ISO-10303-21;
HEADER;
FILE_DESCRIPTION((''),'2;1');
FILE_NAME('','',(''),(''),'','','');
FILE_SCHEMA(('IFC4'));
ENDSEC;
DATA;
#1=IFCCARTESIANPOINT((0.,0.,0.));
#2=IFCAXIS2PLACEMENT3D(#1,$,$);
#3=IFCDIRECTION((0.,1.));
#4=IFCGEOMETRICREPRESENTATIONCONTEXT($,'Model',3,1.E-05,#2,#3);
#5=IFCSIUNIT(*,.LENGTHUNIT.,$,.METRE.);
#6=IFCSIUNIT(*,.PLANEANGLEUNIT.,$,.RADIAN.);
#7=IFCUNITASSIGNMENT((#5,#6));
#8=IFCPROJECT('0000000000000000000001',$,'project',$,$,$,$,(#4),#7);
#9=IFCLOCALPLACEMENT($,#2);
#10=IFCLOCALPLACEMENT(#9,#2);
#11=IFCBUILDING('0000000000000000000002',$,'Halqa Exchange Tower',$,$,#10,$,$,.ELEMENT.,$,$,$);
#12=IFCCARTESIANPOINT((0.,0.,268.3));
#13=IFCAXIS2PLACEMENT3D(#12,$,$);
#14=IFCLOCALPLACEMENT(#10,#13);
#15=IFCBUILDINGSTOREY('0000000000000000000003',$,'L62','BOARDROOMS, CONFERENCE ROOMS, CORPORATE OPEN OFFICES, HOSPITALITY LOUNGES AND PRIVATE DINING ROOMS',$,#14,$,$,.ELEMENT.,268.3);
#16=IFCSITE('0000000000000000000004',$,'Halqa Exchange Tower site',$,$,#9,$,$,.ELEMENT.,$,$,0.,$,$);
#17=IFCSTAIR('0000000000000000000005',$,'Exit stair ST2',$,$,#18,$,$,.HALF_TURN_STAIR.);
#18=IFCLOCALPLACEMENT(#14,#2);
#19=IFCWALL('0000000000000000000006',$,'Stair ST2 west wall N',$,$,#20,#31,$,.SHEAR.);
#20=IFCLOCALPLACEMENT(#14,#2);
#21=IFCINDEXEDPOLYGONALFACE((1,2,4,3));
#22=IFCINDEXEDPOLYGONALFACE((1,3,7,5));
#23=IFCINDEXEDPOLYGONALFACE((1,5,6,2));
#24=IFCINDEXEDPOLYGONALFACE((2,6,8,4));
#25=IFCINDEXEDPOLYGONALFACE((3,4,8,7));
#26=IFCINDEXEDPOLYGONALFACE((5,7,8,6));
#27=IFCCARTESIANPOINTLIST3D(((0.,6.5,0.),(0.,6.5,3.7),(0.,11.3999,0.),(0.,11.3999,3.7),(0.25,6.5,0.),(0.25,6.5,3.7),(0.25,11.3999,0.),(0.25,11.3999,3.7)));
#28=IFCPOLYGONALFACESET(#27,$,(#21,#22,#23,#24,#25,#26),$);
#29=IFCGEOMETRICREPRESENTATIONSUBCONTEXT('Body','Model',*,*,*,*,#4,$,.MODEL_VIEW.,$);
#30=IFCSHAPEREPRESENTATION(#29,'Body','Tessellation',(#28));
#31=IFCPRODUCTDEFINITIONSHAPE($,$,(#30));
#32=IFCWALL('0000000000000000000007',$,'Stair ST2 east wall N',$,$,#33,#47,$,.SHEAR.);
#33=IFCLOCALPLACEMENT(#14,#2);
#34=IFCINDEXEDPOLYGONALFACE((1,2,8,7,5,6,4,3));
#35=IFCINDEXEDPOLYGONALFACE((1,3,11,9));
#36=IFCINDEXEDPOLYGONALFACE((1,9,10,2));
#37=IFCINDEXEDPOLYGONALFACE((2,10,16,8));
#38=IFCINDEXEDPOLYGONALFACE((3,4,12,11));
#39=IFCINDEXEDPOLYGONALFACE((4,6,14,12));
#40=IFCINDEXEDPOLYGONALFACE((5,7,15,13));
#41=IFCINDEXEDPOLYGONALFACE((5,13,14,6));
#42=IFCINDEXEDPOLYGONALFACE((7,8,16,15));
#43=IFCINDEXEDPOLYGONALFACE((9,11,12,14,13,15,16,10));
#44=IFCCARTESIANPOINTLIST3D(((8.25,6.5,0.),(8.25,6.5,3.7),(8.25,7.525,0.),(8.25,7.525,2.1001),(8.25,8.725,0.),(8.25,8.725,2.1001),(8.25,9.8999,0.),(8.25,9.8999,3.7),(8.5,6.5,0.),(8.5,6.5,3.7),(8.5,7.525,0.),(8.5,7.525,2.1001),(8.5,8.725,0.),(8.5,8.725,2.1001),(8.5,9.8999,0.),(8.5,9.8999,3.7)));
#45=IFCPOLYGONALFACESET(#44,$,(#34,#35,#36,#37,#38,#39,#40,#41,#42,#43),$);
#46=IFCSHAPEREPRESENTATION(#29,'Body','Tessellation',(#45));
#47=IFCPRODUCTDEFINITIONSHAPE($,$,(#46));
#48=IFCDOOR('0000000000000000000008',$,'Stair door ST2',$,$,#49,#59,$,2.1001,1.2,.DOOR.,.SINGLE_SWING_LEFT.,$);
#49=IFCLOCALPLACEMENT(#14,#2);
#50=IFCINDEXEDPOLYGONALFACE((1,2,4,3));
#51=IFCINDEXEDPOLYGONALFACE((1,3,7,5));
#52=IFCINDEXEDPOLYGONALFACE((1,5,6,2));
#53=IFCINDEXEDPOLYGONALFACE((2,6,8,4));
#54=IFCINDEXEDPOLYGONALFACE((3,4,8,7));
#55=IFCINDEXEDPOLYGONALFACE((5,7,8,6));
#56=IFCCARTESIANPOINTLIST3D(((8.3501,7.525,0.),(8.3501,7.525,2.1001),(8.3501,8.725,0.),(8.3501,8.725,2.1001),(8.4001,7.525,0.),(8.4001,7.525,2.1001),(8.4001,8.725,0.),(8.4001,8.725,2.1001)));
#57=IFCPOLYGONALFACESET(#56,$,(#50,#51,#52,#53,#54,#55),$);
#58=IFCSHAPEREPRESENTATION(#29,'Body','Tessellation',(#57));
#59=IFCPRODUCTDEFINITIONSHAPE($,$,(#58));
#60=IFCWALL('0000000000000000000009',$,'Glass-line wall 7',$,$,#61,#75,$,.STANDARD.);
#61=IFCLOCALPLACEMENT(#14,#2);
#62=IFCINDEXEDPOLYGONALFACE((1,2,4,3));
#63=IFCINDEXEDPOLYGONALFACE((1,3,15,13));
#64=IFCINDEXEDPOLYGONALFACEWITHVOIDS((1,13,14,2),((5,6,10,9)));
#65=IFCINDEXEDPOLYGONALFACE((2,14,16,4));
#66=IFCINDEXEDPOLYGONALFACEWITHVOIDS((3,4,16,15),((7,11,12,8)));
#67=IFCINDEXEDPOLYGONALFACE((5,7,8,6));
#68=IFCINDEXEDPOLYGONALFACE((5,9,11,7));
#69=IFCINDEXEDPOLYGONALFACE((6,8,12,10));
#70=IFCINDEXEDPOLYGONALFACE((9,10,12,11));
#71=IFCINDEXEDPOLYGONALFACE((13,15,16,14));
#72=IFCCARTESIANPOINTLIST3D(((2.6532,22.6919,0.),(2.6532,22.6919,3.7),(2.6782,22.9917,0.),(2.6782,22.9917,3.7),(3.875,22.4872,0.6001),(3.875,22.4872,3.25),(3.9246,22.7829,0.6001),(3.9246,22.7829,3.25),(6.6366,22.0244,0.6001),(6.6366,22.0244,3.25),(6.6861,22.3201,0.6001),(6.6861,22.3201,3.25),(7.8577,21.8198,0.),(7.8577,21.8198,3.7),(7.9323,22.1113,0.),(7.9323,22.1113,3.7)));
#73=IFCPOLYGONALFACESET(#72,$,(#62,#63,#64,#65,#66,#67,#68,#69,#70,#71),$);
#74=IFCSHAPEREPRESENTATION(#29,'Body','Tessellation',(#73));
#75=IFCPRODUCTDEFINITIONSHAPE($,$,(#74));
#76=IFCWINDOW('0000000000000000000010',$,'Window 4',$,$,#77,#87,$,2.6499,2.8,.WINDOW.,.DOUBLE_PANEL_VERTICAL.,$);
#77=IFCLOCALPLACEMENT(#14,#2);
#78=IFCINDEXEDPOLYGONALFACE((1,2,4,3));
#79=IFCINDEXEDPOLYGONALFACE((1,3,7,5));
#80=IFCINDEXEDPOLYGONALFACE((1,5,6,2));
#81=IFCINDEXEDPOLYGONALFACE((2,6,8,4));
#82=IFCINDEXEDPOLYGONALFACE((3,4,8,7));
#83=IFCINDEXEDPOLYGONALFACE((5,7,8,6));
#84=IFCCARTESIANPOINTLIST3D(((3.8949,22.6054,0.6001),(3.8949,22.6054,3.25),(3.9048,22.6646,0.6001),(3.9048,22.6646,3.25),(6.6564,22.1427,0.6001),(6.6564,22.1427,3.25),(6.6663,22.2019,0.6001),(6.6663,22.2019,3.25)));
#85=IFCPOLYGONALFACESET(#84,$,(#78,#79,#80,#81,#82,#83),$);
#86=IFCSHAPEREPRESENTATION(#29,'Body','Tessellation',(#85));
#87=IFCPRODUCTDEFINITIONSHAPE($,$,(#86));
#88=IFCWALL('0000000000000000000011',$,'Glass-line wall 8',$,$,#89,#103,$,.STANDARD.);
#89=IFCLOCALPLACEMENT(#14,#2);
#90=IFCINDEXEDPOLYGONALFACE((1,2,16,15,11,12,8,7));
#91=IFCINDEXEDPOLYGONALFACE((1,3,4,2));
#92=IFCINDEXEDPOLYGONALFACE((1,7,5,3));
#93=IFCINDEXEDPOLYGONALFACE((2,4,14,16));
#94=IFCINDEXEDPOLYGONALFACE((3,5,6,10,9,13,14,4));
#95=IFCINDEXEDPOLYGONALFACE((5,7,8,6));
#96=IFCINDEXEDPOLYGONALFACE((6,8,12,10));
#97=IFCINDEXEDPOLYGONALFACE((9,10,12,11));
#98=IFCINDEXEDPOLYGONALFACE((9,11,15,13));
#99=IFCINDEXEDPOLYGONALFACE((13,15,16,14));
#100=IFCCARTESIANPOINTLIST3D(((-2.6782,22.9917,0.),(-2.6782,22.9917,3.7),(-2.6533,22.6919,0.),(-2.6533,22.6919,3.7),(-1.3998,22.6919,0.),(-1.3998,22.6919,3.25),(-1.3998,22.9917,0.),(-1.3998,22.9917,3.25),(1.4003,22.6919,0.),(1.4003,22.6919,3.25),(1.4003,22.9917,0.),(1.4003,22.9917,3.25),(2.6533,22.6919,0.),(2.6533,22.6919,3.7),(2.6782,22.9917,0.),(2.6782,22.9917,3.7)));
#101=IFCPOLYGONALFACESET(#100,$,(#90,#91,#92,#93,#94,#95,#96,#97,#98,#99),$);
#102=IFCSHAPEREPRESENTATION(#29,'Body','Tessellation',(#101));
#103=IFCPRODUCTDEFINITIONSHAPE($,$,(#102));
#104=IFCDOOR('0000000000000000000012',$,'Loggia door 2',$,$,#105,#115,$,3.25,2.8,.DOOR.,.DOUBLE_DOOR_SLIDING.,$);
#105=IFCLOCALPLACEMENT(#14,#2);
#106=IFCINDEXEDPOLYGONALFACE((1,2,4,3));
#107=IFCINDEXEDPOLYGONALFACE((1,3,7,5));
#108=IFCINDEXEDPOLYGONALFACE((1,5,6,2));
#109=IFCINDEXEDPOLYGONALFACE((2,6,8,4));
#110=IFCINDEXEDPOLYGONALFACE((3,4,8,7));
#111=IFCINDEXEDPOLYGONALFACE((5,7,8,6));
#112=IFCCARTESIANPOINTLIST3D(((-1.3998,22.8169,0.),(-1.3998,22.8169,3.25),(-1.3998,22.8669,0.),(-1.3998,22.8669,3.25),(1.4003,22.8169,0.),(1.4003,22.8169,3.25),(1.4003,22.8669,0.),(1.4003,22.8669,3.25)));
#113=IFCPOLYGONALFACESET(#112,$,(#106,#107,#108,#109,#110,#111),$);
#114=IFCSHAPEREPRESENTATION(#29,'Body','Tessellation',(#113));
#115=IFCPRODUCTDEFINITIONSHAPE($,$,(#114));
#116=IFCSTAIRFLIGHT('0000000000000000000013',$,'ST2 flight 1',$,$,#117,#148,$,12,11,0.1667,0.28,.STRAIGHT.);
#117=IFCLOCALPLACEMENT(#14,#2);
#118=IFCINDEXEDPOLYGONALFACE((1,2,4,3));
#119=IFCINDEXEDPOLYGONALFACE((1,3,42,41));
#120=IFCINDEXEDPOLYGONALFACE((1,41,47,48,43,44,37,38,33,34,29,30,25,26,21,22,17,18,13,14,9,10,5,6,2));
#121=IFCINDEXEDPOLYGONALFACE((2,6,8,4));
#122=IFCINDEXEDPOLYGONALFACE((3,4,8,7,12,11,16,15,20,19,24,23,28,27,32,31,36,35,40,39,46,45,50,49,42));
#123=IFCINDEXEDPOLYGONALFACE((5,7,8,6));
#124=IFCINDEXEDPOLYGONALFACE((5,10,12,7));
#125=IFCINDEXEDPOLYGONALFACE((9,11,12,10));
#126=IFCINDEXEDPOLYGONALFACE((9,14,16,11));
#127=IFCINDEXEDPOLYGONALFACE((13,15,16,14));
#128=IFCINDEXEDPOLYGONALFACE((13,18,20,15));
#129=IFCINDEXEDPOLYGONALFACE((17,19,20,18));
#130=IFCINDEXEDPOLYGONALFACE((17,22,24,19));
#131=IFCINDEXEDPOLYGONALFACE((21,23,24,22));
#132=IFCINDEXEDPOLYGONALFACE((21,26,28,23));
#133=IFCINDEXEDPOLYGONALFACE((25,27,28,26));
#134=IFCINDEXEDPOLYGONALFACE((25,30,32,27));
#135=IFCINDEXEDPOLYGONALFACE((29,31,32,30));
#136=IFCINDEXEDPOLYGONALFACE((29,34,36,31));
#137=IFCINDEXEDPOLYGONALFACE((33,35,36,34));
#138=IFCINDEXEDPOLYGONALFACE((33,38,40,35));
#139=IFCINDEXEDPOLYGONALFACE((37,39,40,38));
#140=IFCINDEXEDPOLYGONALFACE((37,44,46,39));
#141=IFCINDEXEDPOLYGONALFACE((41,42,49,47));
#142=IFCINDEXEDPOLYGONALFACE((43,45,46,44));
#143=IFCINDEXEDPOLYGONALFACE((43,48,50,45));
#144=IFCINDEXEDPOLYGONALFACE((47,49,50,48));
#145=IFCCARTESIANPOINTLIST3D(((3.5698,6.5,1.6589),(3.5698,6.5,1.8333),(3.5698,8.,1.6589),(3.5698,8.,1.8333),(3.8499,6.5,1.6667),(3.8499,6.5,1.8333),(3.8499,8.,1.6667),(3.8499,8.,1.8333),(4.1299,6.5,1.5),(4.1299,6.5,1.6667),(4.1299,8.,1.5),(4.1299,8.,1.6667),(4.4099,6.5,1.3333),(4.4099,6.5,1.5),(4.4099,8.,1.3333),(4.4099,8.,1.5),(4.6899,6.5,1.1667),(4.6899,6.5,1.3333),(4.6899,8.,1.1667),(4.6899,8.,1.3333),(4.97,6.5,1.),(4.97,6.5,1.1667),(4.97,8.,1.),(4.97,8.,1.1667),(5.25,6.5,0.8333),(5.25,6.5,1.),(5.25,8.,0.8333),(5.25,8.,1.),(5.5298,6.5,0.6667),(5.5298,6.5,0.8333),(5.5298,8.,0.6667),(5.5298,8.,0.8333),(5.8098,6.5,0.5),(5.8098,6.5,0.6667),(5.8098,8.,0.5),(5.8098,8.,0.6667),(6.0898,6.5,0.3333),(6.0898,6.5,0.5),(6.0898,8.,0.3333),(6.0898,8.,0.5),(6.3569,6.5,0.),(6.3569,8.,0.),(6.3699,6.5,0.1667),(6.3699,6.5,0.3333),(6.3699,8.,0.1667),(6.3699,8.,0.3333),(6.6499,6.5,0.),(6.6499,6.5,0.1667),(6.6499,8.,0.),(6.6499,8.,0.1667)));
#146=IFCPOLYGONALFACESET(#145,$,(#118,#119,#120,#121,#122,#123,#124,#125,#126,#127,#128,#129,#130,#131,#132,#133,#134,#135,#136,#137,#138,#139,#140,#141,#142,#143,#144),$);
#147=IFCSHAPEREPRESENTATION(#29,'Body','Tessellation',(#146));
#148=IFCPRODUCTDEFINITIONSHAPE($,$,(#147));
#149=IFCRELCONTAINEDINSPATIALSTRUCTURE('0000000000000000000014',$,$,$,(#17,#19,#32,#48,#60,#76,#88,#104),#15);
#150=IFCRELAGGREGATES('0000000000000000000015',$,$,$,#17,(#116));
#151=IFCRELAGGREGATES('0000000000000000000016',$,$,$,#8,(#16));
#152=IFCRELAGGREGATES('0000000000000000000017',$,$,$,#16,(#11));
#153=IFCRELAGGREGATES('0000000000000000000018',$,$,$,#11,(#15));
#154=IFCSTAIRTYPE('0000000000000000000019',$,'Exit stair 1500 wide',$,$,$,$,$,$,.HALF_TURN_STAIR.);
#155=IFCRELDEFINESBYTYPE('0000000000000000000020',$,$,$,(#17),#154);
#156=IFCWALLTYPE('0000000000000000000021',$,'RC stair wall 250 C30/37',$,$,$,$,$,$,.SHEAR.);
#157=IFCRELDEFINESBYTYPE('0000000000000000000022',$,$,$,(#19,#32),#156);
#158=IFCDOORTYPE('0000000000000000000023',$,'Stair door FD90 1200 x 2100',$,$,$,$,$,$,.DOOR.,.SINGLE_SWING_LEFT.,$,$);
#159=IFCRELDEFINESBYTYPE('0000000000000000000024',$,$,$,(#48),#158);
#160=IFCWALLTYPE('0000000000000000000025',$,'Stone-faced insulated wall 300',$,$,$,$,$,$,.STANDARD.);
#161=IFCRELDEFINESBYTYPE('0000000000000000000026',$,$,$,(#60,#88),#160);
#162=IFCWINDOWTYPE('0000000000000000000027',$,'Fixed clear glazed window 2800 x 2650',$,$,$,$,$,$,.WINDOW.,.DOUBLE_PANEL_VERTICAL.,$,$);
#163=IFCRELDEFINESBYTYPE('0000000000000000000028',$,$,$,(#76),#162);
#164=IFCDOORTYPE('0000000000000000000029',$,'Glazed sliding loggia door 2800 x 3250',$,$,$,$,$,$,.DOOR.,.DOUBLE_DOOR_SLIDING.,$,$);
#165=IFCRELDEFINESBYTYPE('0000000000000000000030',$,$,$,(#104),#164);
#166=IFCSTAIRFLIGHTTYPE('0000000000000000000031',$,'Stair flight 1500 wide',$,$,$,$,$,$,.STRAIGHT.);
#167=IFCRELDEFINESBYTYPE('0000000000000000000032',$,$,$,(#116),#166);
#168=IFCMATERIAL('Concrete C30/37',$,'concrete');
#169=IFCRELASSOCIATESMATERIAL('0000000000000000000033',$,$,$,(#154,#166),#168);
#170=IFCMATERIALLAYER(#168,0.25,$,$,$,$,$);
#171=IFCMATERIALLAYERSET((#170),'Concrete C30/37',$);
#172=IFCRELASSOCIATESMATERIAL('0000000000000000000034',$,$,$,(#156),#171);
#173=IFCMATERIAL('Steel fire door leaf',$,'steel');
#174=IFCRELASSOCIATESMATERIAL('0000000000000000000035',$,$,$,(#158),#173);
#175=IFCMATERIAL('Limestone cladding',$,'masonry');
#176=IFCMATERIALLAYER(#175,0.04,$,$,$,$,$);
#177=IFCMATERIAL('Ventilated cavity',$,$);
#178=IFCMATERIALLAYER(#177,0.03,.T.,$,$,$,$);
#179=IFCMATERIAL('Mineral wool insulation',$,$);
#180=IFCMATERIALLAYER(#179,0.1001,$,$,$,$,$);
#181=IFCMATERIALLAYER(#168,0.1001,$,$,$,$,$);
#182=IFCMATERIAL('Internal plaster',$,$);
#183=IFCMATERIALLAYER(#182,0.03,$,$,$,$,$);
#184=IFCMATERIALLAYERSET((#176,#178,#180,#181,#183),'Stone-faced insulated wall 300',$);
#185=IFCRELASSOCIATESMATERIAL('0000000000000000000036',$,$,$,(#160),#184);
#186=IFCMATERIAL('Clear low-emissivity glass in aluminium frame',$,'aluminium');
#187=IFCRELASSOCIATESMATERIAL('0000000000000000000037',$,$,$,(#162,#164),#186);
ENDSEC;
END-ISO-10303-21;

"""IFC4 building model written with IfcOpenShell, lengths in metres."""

from ifc_helpers import new_model, si_unit, direction, frame, frame_2d, origin, place, context, subcontext, project, spatial, polyline, rectangle, outline, extrude, material, layer, layer_set, type_object, element, fill, aggregate, save


model = new_model("IFC4")

# Units and contexts
model_context = context("Model", 3, precision=1e-05, world=origin(), true_north=direction((0.0, 1.0)))
body_context = subcontext(model_context, "Body", "Model", "MODEL_VIEW")
ifc_project = project(units=[si_unit("LENGTHUNIT", "METRE"), si_unit("PLANEANGLEUNIT", "RADIAN")], contexts=[model_context])

# Site, building, storey
site_placement = place(None, origin())
site = spatial("IfcSite", under=ifc_project, at=site_placement, Name="Halqa Exchange Tower site", CompositionType="ELEMENT", RefElevation=0.0)
building_placement = place(site_placement, origin())
building = spatial("IfcBuilding", under=site, at=building_placement, Name="Halqa Exchange Tower", CompositionType="ELEMENT")
storey_placement = place(building_placement, frame((0.0, 0.0, 268.3)))
storey = spatial("IfcBuildingStorey", under=building, at=storey_placement, Name="L62", Description="BOARDROOMS, CONFERENCE ROOMS, CORPORATE OPEN OFFICES, HOSPITALITY LOUNGES AND PRIVATE DINING ROOMS", CompositionType="ELEMENT", Elevation=268.3)

# Stair
ifc_material_1 = material(Name="Concrete C30/37", Category="concrete")
stair_type = type_object("IfcStairType", Name="Exit stair 1500 wide", PredefinedType="HALF_TURN_STAIR", material=ifc_material_1)
stair_1_placement = place(storey_placement, origin())
stair_1 = element("IfcStair", 1, at=stair_1_placement, inside=storey, type_object=stair_type, Name="Exit stair ST2", PredefinedType="HALF_TURN_STAIR")

# Wall
ifc_layer_1 = layer(ifc_material_1, 0.25)
ifc_layer_set_1 = layer_set([ifc_layer_1], Name="Concrete C30/37")
wall_type_1 = type_object("IfcWallType", Name="RC stair wall 250 C30/37", PredefinedType="SHEAR", material=ifc_layer_set_1)
wall_1_placement = place(storey_placement, frame((0.125, 6.5, 0.0), z_axis=(0.0, 0.0, 1.0), x_axis=(0.0, 1.0, 0.0)))
element("IfcWall", 2, at=wall_1_placement, inside=storey, type_object=wall_type_1, Name="Stair ST2 west wall N", PredefinedType="SHEAR", context=body_context, shape_type="SweptSolid", body=[
    extrude(rectangle(XDim=4.8999, YDim=0.25, at=frame_2d((2.45, 0.0))), origin(), (0.0, 0.0, 1.0), 3.7),
])

# Wall, opening, door
wall_2_placement = place(storey_placement, frame((8.375, 6.5, 0.0), z_axis=(0.0, 0.0, 1.0), x_axis=(0.0, 1.0, 0.0)))
wall_2 = element("IfcWall", 3, at=wall_2_placement, inside=storey, type_object=wall_type_1, Name="Stair ST2 east wall N", PredefinedType="SHEAR", context=body_context, shape_type="SweptSolid", body=[
    extrude(rectangle(XDim=3.3999, YDim=0.25, at=frame_2d((1.7, 0.0))), origin(), (0.0, 0.0, 1.0), 3.7),
])
opening_1_placement = place(wall_2_placement, frame((1.0249, 0.0, 0.0)))
opening_1 = element("IfcOpeningElement", 4, at=opening_1_placement, cuts=wall_2, PredefinedType="OPENING", context=body_context, shape_type="SweptSolid", body=[
    extrude(rectangle(XDim=1.2, YDim=2.1001, at=frame_2d((0.6001, 1.05))), frame((0.0, 0.137, 0.0), z_axis=(0.0, -1.0, 0.0), x_axis=(1.0, 0.0, 0.0)), (0.0, 0.0, 1.0), 0.2739),
])
ifc_material_2 = material(Name="Steel fire door leaf", Category="steel")
door_type_1 = type_object("IfcDoorType", Name="Stair door FD90 1200 x 2100", OperationType="SINGLE_SWING_LEFT", PredefinedType="DOOR", material=ifc_material_2)
door_1_placement = place(opening_1_placement, origin())
door_1 = element("IfcDoor", 5, at=door_1_placement, inside=storey, type_object=door_type_1, Name="Stair door ST2", OperationType="SINGLE_SWING_LEFT", OverallHeight=2.1001, OverallWidth=1.2, PredefinedType="DOOR", context=body_context, shape_type="SweptSolid", body=[
    extrude(rectangle(XDim=1.2, YDim=2.1001, at=frame_2d((0.6001, 1.05))), frame((0.0, 0.0249, 0.0), z_axis=(0.0, -1.0, 0.0), x_axis=(1.0, 0.0, 0.0)), (0.0, 0.0, 1.0), 0.05),
])
fill(opening_1, door_1)

# Wall, opening, window
ifc_material_3 = material(Name="Limestone cladding", Category="masonry")
ifc_layer_2 = layer(ifc_material_3, 0.04)
ifc_material_4 = material(Name="Ventilated cavity")
ifc_layer_3 = layer(ifc_material_4, 0.03, ventilated=True)
ifc_material_5 = material(Name="Mineral wool insulation")
ifc_layer_4 = layer(ifc_material_5, 0.1001)
ifc_layer_5 = layer(ifc_material_1, 0.1001)
ifc_material_6 = material(Name="Internal plaster")
ifc_layer_6 = layer(ifc_material_6, 0.03)
ifc_layer_set_2 = layer_set([ifc_layer_2, ifc_layer_3, ifc_layer_4, ifc_layer_5, ifc_layer_6], Name="Stone-faced insulated wall 300")
wall_type_2 = type_object("IfcWallType", Name="Stone-faced insulated wall 300", PredefinedType="STANDARD", material=ifc_layer_set_2)
wall_3_placement = place(storey_placement, frame((7.895, 21.9656, 0.0), z_axis=(0.0, 0.0, 1.0), x_axis=(-0.98625, 0.165258, 0.0)))
wall_3 = element("IfcWall", 6, at=wall_3_placement, inside=storey, type_object=wall_type_2, Name="Glass-line wall 7", PredefinedType="STANDARD", context=body_context, shape_type="SweptSolid", body=[
    extrude(outline(polyline([(-0.0127, -0.1499), (5.3147, -0.1499), (5.2898, 0.1499), (0.0127, 0.1499), (-0.0127, -0.1499)])), origin(), (0.0, 0.0, 1.0), 3.7),
])
opening_2_placement = place(wall_3_placement, frame((1.251, 0.0, 0.6001)))
opening_2 = element("IfcOpeningElement", 7, at=opening_2_placement, cuts=wall_3, PredefinedType="OPENING", context=body_context, shape_type="SweptSolid", body=[
    extrude(rectangle(XDim=2.8, YDim=2.6499, at=frame_2d((1.3999, 1.325))), frame((0.0, 0.1621, 0.0), z_axis=(0.0, -1.0, 0.0), x_axis=(1.0, 0.0, 0.0)), (0.0, 0.0, 1.0), 0.324),
])
ifc_material_7 = material(Name="Clear low-emissivity glass in aluminium frame", Category="aluminium")
window_type = type_object("IfcWindowType", Name="Fixed clear glazed window 2800 x 2650", PartitioningType="DOUBLE_PANEL_VERTICAL", PredefinedType="WINDOW", material=ifc_material_7)
window_placement = place(opening_2_placement, origin())
window = element("IfcWindow", 8, at=window_placement, inside=storey, type_object=window_type, Name="Window 4", OverallHeight=2.6499, OverallWidth=2.8, PartitioningType="DOUBLE_PANEL_VERTICAL", PredefinedType="WINDOW", context=body_context, shape_type="SweptSolid", body=[
    extrude(rectangle(XDim=2.8, YDim=2.6499, at=frame_2d((1.3999, 1.325))), frame((0.0, 0.03, 0.0), z_axis=(0.0, -1.0, 0.0), x_axis=(1.0, 0.0, 0.0)), (0.0, 0.0, 1.0), 0.0601),
])
fill(opening_2, window)

# Wall, opening, door
wall_4_placement = place(storey_placement, frame((2.6658, 22.8418, 0.0), z_axis=(0.0, 0.0, 1.0), x_axis=(-1.0, 0.0, 0.0)))
wall_4 = element("IfcWall", 9, at=wall_4_placement, inside=storey, type_object=wall_type_2, Name="Glass-line wall 8", PredefinedType="STANDARD", context=body_context, shape_type="SweptSolid", body=[
    extrude(outline(polyline([(-0.0125, -0.1499), (5.344, -0.1499), (5.3191, 0.1499), (0.0125, 0.1499), (-0.0125, -0.1499)])), origin(), (0.0, 0.0, 1.0), 3.7),
])
opening_3_placement = place(wall_4_placement, frame((1.2656, 0.0, 0.0)))
opening_3 = element("IfcOpeningElement", 10, at=opening_3_placement, cuts=wall_4, PredefinedType="OPENING", context=body_context, shape_type="SweptSolid", body=[
    extrude(rectangle(XDim=2.8, YDim=3.25, at=frame_2d((1.3999, 1.625))), frame((0.0, 0.1621, 0.0), z_axis=(0.0, -1.0, 0.0), x_axis=(1.0, 0.0, 0.0)), (0.0, 0.0, 1.0), 0.324),
])
door_type_2 = type_object("IfcDoorType", Name="Glazed sliding loggia door 2800 x 3250", OperationType="DOUBLE_DOOR_SLIDING", PredefinedType="DOOR", material=ifc_material_7)
door_2_placement = place(opening_3_placement, origin())
door_2 = element("IfcDoor", 11, at=door_2_placement, inside=storey, type_object=door_type_2, Name="Loggia door 2", OperationType="DOUBLE_DOOR_SLIDING", OverallHeight=3.25, OverallWidth=2.8, PredefinedType="DOOR", context=body_context, shape_type="SweptSolid", body=[
    extrude(rectangle(XDim=2.8, YDim=3.25, at=frame_2d((1.3999, 1.625))), frame((0.0, 0.0249, 0.0), z_axis=(0.0, -1.0, 0.0), x_axis=(1.0, 0.0, 0.0)), (0.0, 0.0, 1.0), 0.05),
])
fill(opening_3, door_2)

# Stair flight
stair_flight_type = type_object("IfcStairFlightType", Name="Stair flight 1500 wide", PredefinedType="STRAIGHT", material=ifc_material_1)
stair_flight_1_placement = place(storey_placement, frame((6.6499, 7.25, 0.0), z_axis=(0.0, 0.0, 1.0), x_axis=(-1.0, 0.0, 0.0)))
stair_flight_1 = element("IfcStairFlight", 12, at=stair_flight_1_placement, type_object=stair_flight_type, Name="ST2 flight 1", NumberOfRisers=12, NumberOfTreads=11, PredefinedType="STRAIGHT", RiserHeight=0.1667, TreadLength=0.28, context=body_context, shape_type="SweptSolid", body=[
    extrude(outline(polyline([(0.0, 0.0), (0.0, 0.1667), (0.28, 0.1667), (0.28, 0.3333), (0.5601, 0.3333), (0.5601, 0.5), (0.8401, 0.5), (0.8401, 0.6667), (1.1201, 0.6667), (1.1201, 0.8333), (1.3999, 0.8333), (1.3999, 1.0), (1.6799, 1.0), (1.6799, 1.1667), (1.96, 1.1667), (1.96, 1.3333), (2.24, 1.3333), (2.24, 1.5), (2.52, 1.5), (2.52, 1.6667), (2.8, 1.6667), (2.8, 1.8333), (3.0801, 1.8333), (3.0801, 2.0), (3.0801, 1.6589), (0.293, 0.0), (0.0, 0.0)])), frame((0.0, 0.75, 0.0), z_axis=(0.0, -1.0, 0.0), x_axis=(1.0, 0.0, 0.0)), (0.0, 0.0, 1.0), 1.5),
])
aggregate(stair_1, [stair_flight_1])

save(model, "model.ifc")
